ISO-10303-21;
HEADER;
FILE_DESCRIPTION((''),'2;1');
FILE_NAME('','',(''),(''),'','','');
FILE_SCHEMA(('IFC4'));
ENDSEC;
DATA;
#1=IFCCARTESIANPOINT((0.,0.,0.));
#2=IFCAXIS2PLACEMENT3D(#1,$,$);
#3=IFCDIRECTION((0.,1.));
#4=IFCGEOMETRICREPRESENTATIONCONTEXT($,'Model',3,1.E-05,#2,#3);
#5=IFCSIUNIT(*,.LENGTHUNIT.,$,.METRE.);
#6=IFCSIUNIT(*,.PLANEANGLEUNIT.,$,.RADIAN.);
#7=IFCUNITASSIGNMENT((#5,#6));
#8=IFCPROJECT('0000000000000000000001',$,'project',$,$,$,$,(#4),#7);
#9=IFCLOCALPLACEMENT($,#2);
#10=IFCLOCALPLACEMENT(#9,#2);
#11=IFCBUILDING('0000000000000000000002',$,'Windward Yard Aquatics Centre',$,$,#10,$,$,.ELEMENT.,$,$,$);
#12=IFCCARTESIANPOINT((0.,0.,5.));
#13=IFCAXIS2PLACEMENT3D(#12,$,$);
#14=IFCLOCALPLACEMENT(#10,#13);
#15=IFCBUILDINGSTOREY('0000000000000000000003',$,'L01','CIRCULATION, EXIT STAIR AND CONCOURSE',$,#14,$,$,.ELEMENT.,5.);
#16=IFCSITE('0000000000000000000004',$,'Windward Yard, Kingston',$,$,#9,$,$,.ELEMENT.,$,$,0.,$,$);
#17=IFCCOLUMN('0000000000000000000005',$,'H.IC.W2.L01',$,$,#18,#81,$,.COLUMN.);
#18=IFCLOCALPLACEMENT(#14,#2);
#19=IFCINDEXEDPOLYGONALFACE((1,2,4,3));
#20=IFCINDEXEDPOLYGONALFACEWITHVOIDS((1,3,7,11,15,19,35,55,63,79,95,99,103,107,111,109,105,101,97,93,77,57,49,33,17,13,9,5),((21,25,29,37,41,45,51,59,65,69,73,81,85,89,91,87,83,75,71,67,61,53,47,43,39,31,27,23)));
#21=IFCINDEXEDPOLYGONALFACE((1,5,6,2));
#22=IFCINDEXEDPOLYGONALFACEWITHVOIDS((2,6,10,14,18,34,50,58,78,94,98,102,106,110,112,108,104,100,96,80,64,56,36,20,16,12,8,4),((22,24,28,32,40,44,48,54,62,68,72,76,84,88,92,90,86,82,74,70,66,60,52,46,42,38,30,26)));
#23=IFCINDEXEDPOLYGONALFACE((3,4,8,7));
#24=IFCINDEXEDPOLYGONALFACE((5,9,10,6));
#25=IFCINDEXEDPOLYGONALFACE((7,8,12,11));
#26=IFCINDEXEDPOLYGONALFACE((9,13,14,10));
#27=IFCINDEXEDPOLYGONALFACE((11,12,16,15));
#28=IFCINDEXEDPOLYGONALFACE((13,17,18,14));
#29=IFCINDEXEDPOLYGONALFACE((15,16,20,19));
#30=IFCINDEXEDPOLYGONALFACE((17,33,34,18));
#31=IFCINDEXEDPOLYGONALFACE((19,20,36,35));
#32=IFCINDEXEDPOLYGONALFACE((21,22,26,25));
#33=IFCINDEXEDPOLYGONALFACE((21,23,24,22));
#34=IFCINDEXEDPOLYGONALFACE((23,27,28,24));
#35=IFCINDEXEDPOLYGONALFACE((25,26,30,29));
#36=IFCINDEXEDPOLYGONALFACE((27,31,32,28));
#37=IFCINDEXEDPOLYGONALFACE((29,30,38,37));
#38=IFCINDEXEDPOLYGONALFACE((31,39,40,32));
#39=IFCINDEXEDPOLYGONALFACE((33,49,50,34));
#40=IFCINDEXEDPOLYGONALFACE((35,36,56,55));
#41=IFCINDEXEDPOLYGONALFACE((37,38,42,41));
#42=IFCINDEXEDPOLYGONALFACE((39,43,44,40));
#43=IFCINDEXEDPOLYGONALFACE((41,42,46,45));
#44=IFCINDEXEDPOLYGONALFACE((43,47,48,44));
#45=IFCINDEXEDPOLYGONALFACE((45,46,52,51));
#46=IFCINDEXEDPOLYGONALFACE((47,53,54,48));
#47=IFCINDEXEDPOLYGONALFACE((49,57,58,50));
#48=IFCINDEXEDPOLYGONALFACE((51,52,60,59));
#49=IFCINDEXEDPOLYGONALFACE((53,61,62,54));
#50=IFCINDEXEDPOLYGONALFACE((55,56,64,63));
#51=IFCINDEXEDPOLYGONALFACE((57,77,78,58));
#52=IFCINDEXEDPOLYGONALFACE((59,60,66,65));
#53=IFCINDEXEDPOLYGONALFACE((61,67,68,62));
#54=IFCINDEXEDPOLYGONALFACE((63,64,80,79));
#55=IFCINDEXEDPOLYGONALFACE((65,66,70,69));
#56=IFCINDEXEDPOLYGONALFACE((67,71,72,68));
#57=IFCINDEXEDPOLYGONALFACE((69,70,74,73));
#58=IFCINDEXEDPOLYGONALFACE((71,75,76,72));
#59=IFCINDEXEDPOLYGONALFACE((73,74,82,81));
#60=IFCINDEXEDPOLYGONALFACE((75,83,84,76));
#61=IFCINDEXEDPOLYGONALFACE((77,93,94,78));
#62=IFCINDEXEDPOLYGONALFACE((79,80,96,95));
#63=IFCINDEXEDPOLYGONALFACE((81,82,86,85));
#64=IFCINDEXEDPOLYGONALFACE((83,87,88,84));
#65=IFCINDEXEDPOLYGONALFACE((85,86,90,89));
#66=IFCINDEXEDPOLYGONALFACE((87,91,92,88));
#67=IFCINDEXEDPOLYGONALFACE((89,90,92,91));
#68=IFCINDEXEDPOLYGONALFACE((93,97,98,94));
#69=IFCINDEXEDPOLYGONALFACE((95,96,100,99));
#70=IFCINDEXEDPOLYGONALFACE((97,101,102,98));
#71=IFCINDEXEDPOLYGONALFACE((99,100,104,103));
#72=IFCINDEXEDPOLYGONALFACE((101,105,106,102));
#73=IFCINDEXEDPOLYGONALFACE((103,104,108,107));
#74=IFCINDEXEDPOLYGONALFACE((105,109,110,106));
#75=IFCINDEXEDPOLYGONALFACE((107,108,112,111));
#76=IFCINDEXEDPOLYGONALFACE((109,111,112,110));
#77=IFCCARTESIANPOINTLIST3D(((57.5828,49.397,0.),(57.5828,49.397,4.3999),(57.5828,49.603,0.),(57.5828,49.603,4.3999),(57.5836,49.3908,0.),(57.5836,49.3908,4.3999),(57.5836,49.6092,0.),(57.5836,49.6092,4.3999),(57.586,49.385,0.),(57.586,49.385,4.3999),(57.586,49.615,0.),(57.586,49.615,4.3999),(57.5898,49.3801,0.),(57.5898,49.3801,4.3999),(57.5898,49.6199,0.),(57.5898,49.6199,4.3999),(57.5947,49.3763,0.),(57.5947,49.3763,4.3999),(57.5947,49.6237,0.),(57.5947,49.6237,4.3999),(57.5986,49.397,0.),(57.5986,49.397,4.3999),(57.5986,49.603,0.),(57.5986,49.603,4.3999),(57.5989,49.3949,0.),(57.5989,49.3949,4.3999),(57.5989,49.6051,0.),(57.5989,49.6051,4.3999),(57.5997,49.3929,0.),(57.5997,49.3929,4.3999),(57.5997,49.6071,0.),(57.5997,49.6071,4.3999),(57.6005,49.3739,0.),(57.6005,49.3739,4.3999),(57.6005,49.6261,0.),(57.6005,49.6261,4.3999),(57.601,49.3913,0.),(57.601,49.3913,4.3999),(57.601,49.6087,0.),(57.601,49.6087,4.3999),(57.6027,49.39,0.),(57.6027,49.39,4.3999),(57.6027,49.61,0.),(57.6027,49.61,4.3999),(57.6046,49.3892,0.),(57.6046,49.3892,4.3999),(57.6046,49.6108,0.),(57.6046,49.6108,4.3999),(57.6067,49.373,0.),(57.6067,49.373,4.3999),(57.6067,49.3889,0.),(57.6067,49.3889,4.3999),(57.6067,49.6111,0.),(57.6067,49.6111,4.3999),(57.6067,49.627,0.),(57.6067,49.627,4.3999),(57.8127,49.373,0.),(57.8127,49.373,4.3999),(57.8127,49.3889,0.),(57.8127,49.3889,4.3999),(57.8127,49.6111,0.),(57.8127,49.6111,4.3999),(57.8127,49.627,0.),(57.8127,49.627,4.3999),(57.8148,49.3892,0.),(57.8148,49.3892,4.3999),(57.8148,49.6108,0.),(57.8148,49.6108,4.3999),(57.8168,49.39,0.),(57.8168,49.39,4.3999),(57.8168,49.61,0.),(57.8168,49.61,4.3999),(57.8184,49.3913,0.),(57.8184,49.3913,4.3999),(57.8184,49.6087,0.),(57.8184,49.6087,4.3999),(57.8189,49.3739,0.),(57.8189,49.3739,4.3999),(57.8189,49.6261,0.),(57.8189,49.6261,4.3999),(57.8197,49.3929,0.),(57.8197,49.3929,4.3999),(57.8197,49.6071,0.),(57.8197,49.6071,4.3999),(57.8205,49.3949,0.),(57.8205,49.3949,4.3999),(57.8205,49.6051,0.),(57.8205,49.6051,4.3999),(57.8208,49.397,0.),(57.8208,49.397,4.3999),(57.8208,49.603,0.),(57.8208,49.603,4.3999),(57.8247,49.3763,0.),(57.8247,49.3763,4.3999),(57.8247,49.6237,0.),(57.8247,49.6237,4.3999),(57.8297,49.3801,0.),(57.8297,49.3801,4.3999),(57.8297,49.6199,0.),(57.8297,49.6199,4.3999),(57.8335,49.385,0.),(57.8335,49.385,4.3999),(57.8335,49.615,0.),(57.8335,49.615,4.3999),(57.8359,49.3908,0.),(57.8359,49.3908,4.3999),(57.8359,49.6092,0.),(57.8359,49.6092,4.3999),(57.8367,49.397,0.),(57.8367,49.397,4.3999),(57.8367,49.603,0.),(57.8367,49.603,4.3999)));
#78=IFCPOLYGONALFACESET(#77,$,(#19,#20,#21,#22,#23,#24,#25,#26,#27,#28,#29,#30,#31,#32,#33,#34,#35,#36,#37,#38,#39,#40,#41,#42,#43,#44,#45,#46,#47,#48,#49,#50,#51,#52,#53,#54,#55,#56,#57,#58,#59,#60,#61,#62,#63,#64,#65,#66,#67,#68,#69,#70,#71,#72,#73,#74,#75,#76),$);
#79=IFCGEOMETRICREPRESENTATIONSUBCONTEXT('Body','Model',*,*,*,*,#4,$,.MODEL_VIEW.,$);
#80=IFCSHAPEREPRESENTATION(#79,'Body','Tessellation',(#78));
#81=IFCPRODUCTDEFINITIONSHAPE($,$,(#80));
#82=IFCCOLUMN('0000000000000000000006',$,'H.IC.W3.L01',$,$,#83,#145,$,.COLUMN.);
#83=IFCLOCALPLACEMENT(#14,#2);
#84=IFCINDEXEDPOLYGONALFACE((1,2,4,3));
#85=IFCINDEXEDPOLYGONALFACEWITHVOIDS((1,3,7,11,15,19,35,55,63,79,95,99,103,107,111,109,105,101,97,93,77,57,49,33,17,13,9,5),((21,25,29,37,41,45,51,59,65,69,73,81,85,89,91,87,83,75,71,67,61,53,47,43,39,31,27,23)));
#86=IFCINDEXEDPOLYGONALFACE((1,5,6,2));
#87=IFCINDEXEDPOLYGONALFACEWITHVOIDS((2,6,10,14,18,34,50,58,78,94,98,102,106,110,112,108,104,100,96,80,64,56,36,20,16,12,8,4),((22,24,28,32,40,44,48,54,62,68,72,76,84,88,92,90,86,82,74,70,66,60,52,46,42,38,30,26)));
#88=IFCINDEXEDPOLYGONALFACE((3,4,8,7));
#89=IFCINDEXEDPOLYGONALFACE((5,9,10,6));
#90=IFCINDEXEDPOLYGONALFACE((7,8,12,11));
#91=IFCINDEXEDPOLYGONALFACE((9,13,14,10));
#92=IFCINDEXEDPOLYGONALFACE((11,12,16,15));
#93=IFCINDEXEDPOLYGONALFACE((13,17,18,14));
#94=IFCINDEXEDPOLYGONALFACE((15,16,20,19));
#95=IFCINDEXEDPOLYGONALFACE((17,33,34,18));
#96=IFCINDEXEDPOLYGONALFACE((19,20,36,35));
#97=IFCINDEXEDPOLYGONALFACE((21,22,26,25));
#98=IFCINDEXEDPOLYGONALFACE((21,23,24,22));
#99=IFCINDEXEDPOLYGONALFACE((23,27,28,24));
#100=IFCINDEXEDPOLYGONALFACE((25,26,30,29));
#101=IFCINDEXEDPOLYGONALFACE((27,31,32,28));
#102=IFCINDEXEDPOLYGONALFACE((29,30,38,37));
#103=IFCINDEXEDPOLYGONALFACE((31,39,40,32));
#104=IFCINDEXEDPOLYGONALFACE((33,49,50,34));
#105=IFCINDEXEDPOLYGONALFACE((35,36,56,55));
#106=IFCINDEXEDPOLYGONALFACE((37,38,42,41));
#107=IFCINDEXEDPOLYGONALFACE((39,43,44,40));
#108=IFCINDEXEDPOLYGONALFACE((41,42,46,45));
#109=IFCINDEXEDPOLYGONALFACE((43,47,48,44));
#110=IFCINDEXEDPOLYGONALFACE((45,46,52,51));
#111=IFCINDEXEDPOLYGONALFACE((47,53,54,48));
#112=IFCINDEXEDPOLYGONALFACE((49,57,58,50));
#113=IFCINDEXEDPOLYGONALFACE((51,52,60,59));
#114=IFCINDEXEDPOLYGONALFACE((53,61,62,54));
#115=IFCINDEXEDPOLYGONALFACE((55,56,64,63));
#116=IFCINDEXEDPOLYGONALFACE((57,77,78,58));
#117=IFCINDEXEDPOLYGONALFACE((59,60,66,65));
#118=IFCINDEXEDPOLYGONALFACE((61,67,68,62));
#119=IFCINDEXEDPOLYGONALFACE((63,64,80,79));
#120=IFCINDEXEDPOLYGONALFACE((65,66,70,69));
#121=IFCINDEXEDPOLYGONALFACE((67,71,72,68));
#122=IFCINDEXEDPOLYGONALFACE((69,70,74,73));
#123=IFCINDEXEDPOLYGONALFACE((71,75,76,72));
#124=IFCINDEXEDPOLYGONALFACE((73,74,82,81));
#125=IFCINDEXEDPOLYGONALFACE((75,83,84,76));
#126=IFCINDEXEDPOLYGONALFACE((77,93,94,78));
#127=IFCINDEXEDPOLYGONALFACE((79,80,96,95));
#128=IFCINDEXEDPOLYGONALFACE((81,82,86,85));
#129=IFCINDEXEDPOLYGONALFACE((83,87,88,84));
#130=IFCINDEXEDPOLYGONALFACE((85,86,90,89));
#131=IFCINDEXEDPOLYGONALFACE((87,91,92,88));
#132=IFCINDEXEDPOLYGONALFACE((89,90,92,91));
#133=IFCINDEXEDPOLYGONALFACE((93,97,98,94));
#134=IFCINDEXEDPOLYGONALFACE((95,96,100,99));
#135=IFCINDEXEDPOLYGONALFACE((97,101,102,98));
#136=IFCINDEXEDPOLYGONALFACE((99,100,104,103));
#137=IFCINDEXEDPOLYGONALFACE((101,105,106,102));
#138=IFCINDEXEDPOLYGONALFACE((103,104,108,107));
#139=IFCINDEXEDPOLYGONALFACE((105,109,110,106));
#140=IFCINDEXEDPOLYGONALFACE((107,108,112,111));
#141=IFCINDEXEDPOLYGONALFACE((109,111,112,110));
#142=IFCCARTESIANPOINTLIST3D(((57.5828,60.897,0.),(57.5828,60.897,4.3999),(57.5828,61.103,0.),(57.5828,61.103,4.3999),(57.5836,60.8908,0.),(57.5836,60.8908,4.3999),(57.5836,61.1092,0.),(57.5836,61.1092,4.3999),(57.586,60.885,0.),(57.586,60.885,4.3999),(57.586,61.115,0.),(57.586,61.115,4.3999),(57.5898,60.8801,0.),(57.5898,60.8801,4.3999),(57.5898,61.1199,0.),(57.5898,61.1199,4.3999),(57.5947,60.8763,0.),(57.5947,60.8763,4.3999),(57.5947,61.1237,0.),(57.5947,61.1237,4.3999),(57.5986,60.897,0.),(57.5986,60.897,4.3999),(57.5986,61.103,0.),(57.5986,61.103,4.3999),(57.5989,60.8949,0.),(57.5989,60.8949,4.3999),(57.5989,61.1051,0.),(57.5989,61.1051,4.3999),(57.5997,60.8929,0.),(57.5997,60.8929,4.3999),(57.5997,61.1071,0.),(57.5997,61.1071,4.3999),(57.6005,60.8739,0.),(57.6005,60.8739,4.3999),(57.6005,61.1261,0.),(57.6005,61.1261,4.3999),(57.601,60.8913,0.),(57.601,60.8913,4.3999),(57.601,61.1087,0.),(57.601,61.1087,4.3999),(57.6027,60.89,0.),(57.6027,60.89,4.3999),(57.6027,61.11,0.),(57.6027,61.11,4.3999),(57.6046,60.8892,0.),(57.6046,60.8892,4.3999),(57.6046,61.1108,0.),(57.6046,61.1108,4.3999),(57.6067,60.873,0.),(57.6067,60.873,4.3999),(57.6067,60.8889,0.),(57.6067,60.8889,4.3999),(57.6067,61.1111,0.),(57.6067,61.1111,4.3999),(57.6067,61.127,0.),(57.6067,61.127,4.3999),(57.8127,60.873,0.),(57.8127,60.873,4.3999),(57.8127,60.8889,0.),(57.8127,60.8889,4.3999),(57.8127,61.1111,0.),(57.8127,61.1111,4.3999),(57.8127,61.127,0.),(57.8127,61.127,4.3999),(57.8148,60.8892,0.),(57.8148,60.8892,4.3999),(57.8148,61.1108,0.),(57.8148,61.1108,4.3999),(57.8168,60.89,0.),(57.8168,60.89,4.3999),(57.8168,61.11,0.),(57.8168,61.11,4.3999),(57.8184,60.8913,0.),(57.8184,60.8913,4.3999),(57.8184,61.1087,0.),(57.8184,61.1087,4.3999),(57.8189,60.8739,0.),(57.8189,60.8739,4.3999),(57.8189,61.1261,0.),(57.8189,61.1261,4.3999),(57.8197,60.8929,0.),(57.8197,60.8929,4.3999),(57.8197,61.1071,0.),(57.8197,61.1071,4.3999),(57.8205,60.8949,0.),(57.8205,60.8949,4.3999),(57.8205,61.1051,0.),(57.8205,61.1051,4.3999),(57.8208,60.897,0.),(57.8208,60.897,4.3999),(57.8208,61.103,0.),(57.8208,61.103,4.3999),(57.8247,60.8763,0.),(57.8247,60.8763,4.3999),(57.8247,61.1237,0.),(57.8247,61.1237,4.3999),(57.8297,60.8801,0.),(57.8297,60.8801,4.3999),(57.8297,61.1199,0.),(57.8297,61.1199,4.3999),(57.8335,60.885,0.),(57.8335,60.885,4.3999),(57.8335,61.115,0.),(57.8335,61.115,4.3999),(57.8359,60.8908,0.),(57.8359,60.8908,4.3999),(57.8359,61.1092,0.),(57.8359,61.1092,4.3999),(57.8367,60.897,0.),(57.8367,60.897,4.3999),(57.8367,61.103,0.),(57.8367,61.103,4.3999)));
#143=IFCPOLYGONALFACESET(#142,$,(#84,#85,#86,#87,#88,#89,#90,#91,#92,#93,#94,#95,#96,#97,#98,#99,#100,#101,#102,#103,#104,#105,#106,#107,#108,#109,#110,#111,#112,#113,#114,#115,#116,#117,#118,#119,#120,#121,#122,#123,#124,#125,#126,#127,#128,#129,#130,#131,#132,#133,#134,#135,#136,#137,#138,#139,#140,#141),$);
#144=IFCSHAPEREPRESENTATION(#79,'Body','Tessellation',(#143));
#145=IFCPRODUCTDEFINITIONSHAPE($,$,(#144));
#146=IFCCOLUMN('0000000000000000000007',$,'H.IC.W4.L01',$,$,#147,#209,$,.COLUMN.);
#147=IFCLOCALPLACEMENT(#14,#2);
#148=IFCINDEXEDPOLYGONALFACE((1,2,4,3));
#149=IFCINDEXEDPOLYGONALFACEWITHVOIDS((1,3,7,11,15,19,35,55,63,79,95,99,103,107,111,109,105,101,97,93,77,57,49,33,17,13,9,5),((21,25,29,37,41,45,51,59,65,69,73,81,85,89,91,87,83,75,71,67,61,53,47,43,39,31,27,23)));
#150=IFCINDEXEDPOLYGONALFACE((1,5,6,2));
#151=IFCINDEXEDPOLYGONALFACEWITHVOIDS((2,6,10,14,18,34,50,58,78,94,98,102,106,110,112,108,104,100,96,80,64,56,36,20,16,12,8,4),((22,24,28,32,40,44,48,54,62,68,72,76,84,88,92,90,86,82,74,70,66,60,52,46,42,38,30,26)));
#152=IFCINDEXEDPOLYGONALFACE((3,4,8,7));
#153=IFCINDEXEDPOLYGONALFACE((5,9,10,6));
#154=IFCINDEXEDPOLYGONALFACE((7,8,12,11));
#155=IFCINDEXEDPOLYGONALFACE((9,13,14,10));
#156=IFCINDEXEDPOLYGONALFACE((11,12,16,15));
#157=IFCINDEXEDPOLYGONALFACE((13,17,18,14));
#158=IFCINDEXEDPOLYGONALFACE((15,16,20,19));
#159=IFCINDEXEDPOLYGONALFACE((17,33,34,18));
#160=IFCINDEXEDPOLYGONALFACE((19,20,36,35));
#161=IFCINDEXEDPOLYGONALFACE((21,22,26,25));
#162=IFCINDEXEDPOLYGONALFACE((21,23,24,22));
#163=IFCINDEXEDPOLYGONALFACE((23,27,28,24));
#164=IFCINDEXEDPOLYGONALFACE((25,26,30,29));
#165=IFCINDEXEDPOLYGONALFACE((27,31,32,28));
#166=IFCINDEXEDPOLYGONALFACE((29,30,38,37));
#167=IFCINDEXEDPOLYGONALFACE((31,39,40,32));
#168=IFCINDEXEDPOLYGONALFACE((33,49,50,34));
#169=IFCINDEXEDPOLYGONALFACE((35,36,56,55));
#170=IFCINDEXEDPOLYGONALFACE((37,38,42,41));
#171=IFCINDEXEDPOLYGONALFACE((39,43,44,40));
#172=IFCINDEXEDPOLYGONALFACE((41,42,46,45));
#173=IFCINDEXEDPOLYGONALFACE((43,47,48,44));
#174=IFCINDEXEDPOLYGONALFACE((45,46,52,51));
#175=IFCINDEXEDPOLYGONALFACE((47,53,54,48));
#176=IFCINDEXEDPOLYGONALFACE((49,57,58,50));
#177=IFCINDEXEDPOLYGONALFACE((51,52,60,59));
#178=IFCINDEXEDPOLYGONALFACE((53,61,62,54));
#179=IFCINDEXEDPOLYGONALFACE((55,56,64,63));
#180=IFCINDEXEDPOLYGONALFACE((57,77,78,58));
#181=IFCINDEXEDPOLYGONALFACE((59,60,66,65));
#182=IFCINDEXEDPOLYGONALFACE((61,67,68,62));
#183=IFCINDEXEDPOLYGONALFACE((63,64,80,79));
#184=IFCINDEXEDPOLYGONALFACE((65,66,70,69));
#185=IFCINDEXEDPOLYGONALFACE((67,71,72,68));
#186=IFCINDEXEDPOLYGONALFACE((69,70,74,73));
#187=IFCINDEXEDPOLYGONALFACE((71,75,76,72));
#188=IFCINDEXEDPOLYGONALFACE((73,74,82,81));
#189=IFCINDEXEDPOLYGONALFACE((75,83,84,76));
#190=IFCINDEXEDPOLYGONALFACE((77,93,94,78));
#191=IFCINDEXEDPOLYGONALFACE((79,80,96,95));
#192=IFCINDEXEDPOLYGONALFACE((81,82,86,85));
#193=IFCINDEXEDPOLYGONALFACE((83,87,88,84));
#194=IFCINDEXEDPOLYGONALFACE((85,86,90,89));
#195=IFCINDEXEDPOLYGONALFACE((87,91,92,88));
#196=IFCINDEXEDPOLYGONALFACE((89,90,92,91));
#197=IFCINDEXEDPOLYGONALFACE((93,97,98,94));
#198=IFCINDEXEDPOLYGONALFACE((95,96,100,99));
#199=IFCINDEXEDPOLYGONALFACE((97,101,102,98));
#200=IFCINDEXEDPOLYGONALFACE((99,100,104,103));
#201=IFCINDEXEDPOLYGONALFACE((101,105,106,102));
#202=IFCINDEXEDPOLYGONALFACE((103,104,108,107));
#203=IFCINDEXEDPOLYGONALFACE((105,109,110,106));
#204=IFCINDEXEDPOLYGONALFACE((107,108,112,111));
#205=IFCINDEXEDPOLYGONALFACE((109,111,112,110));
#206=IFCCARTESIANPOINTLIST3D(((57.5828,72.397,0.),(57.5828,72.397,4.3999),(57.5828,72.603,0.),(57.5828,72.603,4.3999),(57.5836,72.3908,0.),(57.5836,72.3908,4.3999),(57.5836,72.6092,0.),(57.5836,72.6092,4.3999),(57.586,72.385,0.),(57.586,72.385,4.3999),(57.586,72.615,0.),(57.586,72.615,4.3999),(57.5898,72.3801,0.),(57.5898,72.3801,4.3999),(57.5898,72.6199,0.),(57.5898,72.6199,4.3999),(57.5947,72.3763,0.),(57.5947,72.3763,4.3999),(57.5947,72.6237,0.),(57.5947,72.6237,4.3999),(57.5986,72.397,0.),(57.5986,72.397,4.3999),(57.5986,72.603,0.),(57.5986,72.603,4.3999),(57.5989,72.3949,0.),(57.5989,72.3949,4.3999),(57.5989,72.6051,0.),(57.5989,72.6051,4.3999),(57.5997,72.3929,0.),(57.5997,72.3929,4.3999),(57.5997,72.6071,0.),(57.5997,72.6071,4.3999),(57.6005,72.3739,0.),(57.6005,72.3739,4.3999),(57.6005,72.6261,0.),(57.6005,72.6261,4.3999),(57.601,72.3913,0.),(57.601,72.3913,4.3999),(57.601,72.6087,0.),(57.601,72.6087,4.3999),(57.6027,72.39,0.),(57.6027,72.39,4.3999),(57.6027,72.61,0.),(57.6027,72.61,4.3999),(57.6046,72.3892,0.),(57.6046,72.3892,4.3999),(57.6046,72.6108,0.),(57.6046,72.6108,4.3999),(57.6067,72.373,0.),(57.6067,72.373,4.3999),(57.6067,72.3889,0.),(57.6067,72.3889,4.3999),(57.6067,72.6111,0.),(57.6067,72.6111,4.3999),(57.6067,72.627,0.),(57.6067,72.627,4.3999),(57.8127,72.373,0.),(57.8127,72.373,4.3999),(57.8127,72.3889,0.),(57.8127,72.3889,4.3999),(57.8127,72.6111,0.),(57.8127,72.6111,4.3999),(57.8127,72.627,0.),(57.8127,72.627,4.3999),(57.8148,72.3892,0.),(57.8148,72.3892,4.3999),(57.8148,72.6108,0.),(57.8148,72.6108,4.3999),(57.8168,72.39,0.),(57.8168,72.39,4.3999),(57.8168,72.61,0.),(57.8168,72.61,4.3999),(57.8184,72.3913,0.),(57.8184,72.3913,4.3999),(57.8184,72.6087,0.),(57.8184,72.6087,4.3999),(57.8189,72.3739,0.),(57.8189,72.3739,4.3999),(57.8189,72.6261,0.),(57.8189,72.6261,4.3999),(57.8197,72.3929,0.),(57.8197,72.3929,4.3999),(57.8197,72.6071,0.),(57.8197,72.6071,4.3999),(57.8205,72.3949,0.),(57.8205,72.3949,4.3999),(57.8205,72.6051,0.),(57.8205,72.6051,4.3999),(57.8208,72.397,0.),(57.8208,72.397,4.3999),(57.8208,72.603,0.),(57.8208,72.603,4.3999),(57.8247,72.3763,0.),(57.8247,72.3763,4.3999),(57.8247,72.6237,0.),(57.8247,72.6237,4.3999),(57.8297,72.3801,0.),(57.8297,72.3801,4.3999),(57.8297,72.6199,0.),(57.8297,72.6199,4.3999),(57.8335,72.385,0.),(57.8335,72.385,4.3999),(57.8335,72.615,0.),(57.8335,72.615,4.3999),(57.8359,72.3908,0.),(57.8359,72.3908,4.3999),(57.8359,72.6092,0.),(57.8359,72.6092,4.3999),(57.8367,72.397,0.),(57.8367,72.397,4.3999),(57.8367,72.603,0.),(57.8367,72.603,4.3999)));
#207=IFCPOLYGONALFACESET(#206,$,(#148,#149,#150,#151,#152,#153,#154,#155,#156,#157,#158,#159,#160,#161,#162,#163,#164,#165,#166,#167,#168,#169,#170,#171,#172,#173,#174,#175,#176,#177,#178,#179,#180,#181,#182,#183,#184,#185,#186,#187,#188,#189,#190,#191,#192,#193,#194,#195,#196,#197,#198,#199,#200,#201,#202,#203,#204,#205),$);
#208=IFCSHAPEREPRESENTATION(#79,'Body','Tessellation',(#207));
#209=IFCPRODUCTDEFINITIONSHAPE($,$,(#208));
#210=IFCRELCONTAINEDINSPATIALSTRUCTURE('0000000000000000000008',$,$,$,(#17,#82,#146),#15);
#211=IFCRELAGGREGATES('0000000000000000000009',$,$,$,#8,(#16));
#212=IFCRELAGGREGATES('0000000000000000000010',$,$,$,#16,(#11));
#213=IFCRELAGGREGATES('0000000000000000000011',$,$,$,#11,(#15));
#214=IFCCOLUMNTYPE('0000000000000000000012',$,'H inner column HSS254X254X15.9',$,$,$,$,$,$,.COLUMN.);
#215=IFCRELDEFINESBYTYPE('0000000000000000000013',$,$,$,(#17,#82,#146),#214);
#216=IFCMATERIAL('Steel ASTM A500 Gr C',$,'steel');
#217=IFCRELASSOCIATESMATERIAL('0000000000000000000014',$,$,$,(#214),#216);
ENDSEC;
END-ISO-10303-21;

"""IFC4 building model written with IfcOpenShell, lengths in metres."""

from ifc_helpers import new_model, si_unit, direction, frame, origin, origin_2d, place, context, subcontext, project, spatial, hollow_rectangle, extrude, material, material_profile, profile_set, type_object, element, save


model = new_model("IFC4")

# Units and contexts
model_context = context("Model", 3, precision=1e-05, world=origin(), true_north=direction((0.0, 1.0)))
body_context = subcontext(model_context, "Body", "Model", "MODEL_VIEW")
ifc_project = project(units=[si_unit("LENGTHUNIT", "METRE"), si_unit("PLANEANGLEUNIT", "RADIAN")], contexts=[model_context])

# Site, building, storey
site_placement = place(None, origin())
site = spatial("IfcSite", under=ifc_project, at=site_placement, Name="Windward Yard, Kingston", CompositionType="ELEMENT", RefElevation=0.0)
building_placement = place(site_placement, origin())
building = spatial("IfcBuilding", under=site, at=building_placement, Name="Windward Yard Aquatics Centre", CompositionType="ELEMENT")
storey_placement = place(building_placement, frame((0.0, 0.0, 5.0)))
storey = spatial("IfcBuildingStorey", under=building, at=storey_placement, Name="L01", Description="CIRCULATION, EXIT STAIR AND CONCOURSE", CompositionType="ELEMENT", Elevation=5.0)

# Columns
ifc_material_1 = material(Name="Steel ASTM A500 Gr C", Category="steel")
ifc_material_profile_1 = material_profile(ifc_material_1, hollow_rectangle(XDim=0.2539, YDim=0.2539, WallThickness=0.0159, InnerFilletRadius=0.0081, OuterFilletRadius=0.0239, at=origin_2d()), Name="HSS254X254X15.9")
ifc_profile_set_1 = profile_set([ifc_material_profile_1], Name="Steel ASTM A500 Gr C")
column_type_1 = type_object("IfcColumnType", Name="H inner column HSS254X254X15.9", PredefinedType="COLUMN", material=ifc_profile_set_1)
for number, where, z_axis, x_axis, name in (
    (1, (57.7097, 49.5, 0.0), (0.0, 0.0, 1.0), (1.0, 0.0, 0.0), "H.IC.W2.L01"),
    (2, (57.7097, 61.0, 0.0), (0.0, 0.0, 1.0), (1.0, 0.0, 0.0), "H.IC.W3.L01"),
    (3, (57.7097, 72.5, 0.0), (0.0, 0.0, 1.0), (1.0, 0.0, 0.0), "H.IC.W4.L01"),
):
    element("IfcColumn", number, at=place(storey_placement, frame(where, z_axis=z_axis, x_axis=x_axis)), inside=storey, type_object=column_type_1, Name=name, PredefinedType="COLUMN", context=body_context, shape_type="SweptSolid", body=[
        extrude(hollow_rectangle(XDim=0.2539, YDim=0.2539, WallThickness=0.0159, InnerFilletRadius=0.0081, OuterFilletRadius=0.0239, at=origin_2d()), origin(), (0.0, 0.0, 1.0), 4.3999),
    ])

save(model, "model.ifc")
